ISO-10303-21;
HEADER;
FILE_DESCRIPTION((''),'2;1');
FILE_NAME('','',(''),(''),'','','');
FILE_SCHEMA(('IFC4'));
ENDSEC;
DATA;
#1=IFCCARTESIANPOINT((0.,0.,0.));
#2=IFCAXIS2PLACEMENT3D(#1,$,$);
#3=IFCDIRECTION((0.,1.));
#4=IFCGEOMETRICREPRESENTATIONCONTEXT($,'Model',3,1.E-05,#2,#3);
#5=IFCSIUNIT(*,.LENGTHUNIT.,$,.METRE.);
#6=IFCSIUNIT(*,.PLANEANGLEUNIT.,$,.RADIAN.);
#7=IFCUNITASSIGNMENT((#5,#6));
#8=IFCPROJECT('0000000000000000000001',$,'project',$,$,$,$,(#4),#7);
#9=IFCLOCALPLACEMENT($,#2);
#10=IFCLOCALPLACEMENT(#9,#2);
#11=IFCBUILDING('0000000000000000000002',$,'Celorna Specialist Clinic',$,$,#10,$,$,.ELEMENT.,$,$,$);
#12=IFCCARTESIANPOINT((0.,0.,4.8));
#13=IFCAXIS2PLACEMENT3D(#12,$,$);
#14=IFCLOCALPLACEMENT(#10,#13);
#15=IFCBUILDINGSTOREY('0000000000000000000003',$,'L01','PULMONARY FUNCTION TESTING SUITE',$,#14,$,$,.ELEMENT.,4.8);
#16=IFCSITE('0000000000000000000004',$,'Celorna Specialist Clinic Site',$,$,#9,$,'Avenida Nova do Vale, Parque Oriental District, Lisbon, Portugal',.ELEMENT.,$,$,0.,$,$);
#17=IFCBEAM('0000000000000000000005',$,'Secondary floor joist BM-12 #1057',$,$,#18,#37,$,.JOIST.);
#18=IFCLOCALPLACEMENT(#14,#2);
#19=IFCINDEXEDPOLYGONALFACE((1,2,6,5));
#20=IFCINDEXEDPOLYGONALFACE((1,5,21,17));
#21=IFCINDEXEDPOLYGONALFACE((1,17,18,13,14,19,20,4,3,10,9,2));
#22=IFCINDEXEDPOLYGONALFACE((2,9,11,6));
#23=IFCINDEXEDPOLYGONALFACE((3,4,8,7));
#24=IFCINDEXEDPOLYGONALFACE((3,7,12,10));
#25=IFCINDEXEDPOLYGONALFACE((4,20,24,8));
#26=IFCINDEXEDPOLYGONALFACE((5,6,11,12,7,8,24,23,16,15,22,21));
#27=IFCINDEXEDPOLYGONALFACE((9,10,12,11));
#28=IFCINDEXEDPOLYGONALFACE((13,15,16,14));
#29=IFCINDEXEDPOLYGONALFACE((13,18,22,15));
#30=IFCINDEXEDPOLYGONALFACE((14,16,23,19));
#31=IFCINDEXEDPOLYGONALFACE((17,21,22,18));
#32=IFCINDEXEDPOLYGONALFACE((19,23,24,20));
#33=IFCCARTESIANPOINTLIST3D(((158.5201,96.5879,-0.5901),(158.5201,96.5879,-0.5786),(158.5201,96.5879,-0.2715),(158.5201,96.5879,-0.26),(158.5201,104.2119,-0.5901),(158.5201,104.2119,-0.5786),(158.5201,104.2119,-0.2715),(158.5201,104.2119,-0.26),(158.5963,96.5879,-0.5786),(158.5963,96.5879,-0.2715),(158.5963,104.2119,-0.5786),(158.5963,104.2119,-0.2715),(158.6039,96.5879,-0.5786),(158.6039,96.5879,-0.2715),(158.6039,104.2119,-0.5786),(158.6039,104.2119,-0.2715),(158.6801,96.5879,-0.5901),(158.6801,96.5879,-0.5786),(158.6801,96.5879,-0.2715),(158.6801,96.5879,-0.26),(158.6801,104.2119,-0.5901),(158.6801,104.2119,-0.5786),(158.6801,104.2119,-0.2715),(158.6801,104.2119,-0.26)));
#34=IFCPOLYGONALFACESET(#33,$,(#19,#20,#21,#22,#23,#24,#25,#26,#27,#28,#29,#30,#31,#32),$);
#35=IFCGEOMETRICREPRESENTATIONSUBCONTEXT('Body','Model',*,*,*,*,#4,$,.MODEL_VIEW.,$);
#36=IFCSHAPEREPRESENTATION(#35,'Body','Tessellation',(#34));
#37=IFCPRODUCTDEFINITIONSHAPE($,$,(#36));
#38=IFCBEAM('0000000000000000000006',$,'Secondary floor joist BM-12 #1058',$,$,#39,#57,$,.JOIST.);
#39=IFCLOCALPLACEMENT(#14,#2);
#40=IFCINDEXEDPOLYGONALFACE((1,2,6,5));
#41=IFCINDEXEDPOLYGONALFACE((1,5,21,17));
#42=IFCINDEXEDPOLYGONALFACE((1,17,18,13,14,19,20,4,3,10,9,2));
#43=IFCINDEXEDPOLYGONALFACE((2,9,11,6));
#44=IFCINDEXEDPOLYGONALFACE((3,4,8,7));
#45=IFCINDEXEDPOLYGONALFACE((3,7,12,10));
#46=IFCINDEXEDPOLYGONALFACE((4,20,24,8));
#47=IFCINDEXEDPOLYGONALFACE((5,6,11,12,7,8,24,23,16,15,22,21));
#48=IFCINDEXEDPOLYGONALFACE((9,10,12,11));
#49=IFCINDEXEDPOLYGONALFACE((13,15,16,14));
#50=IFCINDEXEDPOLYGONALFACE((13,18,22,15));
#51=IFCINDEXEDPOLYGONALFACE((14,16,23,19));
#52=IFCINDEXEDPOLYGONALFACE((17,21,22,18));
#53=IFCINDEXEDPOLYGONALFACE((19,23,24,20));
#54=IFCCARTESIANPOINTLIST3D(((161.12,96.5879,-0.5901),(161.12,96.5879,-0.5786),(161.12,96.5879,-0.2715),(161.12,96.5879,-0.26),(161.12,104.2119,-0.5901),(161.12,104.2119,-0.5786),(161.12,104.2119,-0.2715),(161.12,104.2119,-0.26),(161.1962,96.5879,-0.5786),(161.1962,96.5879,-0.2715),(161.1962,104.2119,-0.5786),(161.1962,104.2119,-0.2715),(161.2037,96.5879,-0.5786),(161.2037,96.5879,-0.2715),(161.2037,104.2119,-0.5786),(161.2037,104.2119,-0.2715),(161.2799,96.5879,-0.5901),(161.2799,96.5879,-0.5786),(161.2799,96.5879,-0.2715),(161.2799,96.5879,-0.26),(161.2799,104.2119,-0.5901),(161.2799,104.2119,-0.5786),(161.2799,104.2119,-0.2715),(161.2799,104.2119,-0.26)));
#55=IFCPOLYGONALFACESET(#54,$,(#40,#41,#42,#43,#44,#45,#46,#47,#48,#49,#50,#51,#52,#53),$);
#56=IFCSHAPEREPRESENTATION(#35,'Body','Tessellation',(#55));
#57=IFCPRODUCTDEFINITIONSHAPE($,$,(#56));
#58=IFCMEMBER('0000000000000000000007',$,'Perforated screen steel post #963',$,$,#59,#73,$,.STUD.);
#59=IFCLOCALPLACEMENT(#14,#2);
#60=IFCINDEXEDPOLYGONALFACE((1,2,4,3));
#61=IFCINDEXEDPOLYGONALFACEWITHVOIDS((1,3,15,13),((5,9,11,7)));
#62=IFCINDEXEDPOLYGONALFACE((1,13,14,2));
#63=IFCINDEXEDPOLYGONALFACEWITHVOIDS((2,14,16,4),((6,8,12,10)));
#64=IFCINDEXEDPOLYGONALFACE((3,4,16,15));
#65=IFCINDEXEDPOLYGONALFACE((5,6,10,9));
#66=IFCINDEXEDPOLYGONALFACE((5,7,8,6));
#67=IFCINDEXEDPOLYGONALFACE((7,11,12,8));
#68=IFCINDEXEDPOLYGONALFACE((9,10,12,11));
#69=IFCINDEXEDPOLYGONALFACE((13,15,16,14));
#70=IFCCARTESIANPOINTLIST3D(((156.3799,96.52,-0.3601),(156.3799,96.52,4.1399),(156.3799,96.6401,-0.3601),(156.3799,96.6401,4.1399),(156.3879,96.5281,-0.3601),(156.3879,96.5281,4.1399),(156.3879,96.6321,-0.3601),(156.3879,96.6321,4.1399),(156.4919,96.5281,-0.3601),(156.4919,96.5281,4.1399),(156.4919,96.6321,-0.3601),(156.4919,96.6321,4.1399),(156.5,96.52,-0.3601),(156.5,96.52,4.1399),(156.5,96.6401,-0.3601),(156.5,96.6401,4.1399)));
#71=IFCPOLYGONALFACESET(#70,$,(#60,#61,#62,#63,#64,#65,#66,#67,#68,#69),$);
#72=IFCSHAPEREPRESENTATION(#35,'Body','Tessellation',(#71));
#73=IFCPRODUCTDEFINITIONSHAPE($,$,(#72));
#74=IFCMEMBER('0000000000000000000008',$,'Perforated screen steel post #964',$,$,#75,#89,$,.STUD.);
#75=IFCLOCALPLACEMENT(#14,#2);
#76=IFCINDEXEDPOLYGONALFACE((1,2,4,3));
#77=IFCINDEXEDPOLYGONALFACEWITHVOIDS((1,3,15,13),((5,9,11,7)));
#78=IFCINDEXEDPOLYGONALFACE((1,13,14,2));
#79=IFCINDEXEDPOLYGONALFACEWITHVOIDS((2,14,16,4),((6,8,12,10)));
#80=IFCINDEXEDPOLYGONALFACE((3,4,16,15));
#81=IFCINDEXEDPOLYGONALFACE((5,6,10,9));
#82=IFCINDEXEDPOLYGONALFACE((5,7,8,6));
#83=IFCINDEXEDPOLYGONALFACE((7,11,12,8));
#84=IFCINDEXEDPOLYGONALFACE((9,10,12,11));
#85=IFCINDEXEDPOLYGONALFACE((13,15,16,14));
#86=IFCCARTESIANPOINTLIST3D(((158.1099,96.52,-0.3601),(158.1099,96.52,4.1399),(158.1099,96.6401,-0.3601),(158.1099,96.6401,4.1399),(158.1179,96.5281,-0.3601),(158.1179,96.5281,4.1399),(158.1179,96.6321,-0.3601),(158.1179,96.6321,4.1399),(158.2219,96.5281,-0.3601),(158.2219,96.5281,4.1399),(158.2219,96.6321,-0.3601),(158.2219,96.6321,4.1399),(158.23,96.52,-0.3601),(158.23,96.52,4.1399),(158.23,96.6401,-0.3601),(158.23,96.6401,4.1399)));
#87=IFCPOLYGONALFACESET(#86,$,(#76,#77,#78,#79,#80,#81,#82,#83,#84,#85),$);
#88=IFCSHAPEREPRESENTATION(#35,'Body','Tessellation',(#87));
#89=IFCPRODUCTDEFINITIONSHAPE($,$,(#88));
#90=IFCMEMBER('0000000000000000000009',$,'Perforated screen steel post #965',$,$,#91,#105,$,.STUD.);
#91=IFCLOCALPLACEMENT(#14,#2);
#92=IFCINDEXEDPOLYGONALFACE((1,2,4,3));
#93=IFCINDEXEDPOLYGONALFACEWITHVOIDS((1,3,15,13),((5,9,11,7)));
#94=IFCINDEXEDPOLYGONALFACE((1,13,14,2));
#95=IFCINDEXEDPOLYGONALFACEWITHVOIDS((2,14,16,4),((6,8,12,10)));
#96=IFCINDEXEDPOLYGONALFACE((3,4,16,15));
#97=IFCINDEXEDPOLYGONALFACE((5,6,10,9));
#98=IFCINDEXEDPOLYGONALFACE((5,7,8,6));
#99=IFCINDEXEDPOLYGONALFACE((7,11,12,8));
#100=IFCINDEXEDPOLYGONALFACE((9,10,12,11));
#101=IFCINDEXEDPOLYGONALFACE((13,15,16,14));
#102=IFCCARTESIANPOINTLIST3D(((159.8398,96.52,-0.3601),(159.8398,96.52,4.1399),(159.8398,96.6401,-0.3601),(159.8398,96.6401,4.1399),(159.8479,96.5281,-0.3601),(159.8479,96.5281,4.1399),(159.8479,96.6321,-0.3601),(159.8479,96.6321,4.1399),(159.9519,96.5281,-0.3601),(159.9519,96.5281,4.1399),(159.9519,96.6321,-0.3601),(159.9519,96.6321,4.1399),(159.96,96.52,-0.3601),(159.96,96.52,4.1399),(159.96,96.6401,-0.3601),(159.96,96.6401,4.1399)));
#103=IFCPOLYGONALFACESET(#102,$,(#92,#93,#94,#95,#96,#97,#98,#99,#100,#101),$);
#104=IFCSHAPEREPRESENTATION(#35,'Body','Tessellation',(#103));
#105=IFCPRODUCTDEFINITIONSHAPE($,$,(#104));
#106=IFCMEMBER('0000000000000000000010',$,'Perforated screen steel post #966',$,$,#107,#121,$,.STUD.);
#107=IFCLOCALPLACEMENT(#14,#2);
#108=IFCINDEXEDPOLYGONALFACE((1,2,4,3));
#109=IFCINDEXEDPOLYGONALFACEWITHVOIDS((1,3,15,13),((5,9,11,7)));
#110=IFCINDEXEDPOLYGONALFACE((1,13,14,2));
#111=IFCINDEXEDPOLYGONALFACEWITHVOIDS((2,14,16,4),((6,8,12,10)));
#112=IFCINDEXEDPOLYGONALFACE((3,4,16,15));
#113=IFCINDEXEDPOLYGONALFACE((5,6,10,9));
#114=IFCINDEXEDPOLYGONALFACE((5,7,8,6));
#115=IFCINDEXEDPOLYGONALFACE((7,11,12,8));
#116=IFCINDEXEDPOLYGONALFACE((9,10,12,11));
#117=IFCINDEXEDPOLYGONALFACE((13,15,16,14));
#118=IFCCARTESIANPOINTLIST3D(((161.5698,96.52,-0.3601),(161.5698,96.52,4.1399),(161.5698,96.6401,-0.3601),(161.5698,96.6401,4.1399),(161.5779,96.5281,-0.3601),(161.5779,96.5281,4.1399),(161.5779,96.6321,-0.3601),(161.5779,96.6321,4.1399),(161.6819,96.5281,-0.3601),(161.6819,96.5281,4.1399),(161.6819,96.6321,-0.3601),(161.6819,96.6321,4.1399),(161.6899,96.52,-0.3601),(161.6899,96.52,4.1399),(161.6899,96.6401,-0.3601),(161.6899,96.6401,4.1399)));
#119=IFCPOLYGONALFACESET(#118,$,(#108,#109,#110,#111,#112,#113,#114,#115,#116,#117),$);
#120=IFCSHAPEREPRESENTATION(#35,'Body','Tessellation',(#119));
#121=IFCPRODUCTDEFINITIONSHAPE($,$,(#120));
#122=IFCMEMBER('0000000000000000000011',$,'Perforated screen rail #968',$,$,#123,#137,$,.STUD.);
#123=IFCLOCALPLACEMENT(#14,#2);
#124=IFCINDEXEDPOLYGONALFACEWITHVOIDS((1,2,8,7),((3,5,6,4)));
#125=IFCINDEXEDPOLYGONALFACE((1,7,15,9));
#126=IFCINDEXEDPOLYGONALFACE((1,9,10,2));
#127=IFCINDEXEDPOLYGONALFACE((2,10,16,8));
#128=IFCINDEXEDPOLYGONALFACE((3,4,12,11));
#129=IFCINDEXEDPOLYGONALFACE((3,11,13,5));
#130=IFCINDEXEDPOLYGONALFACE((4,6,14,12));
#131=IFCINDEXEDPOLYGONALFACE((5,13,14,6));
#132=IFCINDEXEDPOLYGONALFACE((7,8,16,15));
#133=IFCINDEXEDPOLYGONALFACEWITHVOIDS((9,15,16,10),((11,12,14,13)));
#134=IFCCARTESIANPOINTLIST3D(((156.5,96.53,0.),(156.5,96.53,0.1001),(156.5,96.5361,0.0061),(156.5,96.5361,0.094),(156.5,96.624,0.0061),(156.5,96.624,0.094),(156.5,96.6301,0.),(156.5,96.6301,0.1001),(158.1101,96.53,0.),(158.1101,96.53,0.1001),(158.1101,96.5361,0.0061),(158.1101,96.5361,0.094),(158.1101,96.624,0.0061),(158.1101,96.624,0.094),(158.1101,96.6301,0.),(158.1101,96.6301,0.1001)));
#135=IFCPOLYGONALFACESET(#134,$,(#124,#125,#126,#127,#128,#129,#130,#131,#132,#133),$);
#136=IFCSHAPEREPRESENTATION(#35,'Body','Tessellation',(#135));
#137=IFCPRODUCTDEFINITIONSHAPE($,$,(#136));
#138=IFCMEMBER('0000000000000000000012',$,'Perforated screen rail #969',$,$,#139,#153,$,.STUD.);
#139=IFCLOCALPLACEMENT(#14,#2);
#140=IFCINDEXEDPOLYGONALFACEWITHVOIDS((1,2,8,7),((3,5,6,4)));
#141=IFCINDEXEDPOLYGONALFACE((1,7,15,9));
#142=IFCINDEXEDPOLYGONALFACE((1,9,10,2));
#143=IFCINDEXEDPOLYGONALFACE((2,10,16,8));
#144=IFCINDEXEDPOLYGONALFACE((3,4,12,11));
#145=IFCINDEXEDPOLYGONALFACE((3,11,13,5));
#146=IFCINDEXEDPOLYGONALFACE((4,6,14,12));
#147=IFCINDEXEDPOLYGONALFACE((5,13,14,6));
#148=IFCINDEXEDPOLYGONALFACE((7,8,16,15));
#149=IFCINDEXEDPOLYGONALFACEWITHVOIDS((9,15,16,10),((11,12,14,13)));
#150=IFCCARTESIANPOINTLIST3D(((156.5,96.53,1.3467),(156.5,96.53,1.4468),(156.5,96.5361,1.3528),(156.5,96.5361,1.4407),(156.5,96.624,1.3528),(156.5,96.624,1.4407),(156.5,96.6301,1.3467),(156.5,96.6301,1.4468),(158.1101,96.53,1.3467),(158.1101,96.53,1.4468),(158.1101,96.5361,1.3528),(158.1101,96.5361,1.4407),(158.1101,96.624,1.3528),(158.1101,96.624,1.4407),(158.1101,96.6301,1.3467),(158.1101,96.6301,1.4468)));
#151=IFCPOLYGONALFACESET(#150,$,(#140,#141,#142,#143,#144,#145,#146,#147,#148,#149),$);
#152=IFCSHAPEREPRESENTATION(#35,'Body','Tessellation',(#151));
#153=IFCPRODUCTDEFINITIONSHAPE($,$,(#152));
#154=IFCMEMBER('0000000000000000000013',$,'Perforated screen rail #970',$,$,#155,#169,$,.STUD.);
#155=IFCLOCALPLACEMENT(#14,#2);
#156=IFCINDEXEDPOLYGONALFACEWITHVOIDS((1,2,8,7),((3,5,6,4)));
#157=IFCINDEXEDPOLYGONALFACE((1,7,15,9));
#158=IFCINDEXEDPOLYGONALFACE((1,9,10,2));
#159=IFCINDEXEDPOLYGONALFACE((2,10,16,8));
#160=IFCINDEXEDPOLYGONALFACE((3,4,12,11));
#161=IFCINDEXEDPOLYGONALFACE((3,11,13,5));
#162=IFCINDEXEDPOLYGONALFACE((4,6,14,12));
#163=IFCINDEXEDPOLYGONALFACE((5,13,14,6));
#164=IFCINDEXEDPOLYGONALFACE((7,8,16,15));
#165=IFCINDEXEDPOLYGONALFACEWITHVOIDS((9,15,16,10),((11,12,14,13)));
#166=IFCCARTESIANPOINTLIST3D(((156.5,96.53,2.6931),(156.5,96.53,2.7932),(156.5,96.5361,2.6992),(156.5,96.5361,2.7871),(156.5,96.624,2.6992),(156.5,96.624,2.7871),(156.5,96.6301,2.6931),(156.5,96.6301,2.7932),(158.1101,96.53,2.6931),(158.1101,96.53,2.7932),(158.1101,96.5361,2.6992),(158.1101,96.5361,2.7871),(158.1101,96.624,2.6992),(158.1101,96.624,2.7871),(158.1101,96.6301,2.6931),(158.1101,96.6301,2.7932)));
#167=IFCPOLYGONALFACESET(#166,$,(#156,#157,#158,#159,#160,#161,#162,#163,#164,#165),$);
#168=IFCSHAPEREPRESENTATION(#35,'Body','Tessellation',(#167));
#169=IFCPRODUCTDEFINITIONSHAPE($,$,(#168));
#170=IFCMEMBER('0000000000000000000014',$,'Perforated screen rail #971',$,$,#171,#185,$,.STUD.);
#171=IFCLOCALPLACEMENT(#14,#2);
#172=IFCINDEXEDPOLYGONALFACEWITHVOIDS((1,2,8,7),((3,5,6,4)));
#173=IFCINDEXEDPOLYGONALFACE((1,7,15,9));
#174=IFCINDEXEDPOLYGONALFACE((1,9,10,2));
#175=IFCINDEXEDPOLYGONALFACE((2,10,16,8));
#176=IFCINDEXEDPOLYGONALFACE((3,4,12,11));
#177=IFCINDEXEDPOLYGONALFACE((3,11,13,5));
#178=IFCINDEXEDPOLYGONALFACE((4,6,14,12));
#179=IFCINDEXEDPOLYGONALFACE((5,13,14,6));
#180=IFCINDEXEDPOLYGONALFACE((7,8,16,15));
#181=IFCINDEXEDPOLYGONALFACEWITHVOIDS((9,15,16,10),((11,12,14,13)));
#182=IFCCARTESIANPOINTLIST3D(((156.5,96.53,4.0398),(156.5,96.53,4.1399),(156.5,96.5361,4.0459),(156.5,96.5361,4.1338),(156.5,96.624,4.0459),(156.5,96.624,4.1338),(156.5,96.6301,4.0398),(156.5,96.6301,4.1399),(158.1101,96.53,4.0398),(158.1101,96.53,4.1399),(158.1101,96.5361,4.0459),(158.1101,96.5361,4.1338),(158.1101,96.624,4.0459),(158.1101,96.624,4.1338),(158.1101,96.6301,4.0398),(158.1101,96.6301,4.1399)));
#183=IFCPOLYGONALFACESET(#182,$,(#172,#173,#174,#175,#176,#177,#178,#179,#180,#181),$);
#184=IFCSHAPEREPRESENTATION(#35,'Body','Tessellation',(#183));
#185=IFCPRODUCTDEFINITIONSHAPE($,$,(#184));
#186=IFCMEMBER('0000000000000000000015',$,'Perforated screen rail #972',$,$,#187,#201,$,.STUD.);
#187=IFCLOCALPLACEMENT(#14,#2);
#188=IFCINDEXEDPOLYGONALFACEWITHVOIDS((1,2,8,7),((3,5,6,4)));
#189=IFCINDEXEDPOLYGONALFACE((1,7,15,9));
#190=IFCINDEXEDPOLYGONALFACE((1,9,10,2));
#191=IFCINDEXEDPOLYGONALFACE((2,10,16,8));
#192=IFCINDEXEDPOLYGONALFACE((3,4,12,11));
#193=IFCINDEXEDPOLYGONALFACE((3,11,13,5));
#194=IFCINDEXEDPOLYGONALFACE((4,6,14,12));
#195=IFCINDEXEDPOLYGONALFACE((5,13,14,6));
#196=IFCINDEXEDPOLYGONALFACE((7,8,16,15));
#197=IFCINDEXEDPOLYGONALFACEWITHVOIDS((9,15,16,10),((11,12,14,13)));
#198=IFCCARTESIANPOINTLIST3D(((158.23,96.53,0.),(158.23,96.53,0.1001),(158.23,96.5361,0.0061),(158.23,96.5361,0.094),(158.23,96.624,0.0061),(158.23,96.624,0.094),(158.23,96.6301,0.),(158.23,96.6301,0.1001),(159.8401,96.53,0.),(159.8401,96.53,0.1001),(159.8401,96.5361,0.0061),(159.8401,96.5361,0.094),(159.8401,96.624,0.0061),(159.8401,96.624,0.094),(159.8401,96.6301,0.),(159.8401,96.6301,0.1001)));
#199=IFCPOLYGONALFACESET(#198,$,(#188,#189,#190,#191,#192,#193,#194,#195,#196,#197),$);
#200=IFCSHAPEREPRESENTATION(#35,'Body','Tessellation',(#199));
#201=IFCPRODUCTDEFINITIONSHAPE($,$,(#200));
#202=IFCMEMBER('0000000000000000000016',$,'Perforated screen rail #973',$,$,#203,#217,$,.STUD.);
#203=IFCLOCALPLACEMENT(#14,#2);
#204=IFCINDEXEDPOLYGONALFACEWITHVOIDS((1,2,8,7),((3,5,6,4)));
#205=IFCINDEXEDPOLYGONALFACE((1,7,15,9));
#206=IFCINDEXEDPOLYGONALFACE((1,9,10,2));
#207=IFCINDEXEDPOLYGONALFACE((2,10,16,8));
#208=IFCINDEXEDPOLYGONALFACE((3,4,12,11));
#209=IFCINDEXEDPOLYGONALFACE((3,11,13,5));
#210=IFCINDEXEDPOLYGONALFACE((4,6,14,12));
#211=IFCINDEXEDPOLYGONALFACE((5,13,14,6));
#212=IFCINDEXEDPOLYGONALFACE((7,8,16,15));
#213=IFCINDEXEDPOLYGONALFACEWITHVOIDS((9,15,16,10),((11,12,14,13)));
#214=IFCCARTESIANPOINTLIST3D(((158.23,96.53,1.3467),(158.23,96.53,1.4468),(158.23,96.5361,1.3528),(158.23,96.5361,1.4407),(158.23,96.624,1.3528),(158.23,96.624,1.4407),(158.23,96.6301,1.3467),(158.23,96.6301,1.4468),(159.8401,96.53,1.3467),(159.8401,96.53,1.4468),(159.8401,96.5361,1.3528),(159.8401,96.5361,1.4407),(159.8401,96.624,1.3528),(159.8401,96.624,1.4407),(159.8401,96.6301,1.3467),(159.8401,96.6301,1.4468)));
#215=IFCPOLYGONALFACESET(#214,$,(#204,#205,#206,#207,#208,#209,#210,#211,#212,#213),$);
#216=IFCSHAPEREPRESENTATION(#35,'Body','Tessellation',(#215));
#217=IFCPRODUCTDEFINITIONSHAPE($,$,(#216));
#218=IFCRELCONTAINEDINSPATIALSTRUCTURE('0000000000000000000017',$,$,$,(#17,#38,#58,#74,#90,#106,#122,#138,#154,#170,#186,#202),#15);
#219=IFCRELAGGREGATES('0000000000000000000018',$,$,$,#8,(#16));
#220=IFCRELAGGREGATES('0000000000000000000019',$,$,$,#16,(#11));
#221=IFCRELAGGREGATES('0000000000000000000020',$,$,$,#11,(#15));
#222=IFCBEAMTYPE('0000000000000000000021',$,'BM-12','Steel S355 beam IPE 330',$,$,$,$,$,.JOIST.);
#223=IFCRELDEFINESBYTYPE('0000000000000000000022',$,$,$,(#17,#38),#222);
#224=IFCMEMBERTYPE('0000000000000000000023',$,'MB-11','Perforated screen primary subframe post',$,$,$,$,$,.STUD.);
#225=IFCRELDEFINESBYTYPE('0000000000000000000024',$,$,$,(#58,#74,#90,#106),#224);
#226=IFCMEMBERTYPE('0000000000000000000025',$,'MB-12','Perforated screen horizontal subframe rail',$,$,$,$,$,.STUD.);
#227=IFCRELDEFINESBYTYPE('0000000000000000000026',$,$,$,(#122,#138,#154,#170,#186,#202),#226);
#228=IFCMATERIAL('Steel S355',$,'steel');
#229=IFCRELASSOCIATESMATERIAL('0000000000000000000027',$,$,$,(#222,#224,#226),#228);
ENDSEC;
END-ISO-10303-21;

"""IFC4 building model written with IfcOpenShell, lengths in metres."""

from ifc_helpers import new_model, si_unit, direction, frame, origin, origin_2d, place, context, subcontext, project, spatial, hollow_rectangle, i_section, extrude, material, material_profile, profile_set, type_object, element, save


model = new_model("IFC4")

# Units and contexts
model_context = context("Model", 3, precision=1e-05, world=origin(), true_north=direction((0.0, 1.0)))
body_context = subcontext(model_context, "Body", "Model", "MODEL_VIEW")
ifc_project = project(units=[si_unit("LENGTHUNIT", "METRE"), si_unit("PLANEANGLEUNIT", "RADIAN")], contexts=[model_context])

# Site, building, storey
site_placement = place(None, origin())
site = spatial("IfcSite", under=ifc_project, at=site_placement, Name="Celorna Specialist Clinic Site", LongName="Avenida Nova do Vale, Parque Oriental District, Lisbon, Portugal", CompositionType="ELEMENT", RefElevation=0.0)
building_placement = place(site_placement, origin())
building = spatial("IfcBuilding", under=site, at=building_placement, Name="Celorna Specialist Clinic", CompositionType="ELEMENT")
storey_placement = place(building_placement, frame((0.0, 0.0, 4.8)))
storey = spatial("IfcBuildingStorey", under=building, at=storey_placement, Name="L01", Description="PULMONARY FUNCTION TESTING SUITE", CompositionType="ELEMENT", Elevation=4.8)

# Beams
ifc_material_1 = material(Name="Steel S355", Category="steel")
ifc_material_profile_1 = material_profile(ifc_material_1, i_section(OverallWidth=0.1599, OverallDepth=0.3301, WebThickness=0.0076, FlangeThickness=0.0115, at=origin_2d()), Name="IPE 330")
ifc_profile_set_1 = profile_set([ifc_material_profile_1], Name="Steel S355")
beam_type = type_object("IfcBeamType", Name="BM-12", Description="Steel S355 beam IPE 330", PredefinedType="JOIST", material=ifc_profile_set_1)
for number, where, z_axis, x_axis, name in (
    (1, (158.6001, 96.5879, -0.425), (0.0, 1.0, 0.0), (-1.0, 0.0, 0.0), "Secondary floor joist BM-12 #1057"),
    (2, (161.2, 96.5879, -0.425), (0.0, 1.0, 0.0), (-1.0, 0.0, 0.0), "Secondary floor joist BM-12 #1058"),
):
    element("IfcBeam", number, at=place(storey_placement, frame(where, z_axis=z_axis, x_axis=x_axis)), inside=storey, type_object=beam_type, Name=name, PredefinedType="JOIST", context=body_context, shape_type="SweptSolid", body=[
        extrude(i_section(OverallWidth=0.1599, OverallDepth=0.3301, WebThickness=0.0076, FlangeThickness=0.0115, at=origin_2d()), origin(), (0.0, 0.0, 1.0), 7.624),
    ])

# Members
ifc_material_profile_2 = material_profile(ifc_material_1, hollow_rectangle(XDim=0.1201, YDim=0.1201, WallThickness=0.0081, at=origin_2d()), Name="SHS 120x120x8")
ifc_profile_set_2 = profile_set([ifc_material_profile_2], Name="Steel S355")
member_type_1 = type_object("IfcMemberType", Name="MB-11", Description="Perforated screen primary subframe post", PredefinedType="STUD", material=ifc_profile_set_2)
for number, where, z_axis, x_axis, name in (
    (3, (156.4399, 96.5801, -0.3601), (0.0, 0.0, 1.0), (1.0, 0.0, 0.0), "Perforated screen steel post #963"),
    (4, (158.1699, 96.5801, -0.3601), (0.0, 0.0, 1.0), (1.0, 0.0, 0.0), "Perforated screen steel post #964"),
    (5, (159.8999, 96.5801, -0.3601), (0.0, 0.0, 1.0), (1.0, 0.0, 0.0), "Perforated screen steel post #965"),
    (6, (161.6299, 96.5801, -0.3601), (0.0, 0.0, 1.0), (1.0, 0.0, 0.0), "Perforated screen steel post #966"),
):
    element("IfcMember", number, at=place(storey_placement, frame(where, z_axis=z_axis, x_axis=x_axis)), inside=storey, type_object=member_type_1, Name=name, PredefinedType="STUD", context=body_context, shape_type="SweptSolid", body=[
        extrude(hollow_rectangle(XDim=0.1201, YDim=0.1201, WallThickness=0.0081, at=origin_2d()), origin(), (0.0, 0.0, 1.0), 4.5),
    ])
ifc_material_profile_3 = material_profile(ifc_material_1, hollow_rectangle(XDim=0.1001, YDim=0.1001, WallThickness=0.0061, at=origin_2d()), Name="SHS 100x100x6")
ifc_profile_set_3 = profile_set([ifc_material_profile_3], Name="Steel S355")
member_type_2 = type_object("IfcMemberType", Name="MB-12", Description="Perforated screen horizontal subframe rail", PredefinedType="STUD", material=ifc_profile_set_3)
for number, where, z_axis, x_axis, name in (
    (7, (156.5, 96.5801, 0.05), (1.0, 0.0, 0.0), (0.0, 1.0, 0.0), "Perforated screen rail #968"),
    (8, (156.5, 96.5801, 1.3967), (1.0, 0.0, 0.0), (0.0, 1.0, 0.0), "Perforated screen rail #969"),
    (9, (156.5, 96.5801, 2.7432), (1.0, 0.0, 0.0), (0.0, 1.0, 0.0), "Perforated screen rail #970"),
    (10, (156.5, 96.5801, 4.0898), (1.0, 0.0, 0.0), (0.0, 1.0, 0.0), "Perforated screen rail #971"),
    (11, (158.23, 96.5801, 0.05), (1.0, 0.0, 0.0), (0.0, 1.0, 0.0), "Perforated screen rail #972"),
    (12, (158.23, 96.5801, 1.3967), (1.0, 0.0, 0.0), (0.0, 1.0, 0.0), "Perforated screen rail #973"),
):
    element("IfcMember", number, at=place(storey_placement, frame(where, z_axis=z_axis, x_axis=x_axis)), inside=storey, type_object=member_type_2, Name=name, PredefinedType="STUD", context=body_context, shape_type="SweptSolid", body=[
        extrude(hollow_rectangle(XDim=0.1001, YDim=0.1001, WallThickness=0.0061, at=origin_2d()), origin(), (0.0, 0.0, 1.0), 1.6101),
    ])

save(model, "model.ifc")
